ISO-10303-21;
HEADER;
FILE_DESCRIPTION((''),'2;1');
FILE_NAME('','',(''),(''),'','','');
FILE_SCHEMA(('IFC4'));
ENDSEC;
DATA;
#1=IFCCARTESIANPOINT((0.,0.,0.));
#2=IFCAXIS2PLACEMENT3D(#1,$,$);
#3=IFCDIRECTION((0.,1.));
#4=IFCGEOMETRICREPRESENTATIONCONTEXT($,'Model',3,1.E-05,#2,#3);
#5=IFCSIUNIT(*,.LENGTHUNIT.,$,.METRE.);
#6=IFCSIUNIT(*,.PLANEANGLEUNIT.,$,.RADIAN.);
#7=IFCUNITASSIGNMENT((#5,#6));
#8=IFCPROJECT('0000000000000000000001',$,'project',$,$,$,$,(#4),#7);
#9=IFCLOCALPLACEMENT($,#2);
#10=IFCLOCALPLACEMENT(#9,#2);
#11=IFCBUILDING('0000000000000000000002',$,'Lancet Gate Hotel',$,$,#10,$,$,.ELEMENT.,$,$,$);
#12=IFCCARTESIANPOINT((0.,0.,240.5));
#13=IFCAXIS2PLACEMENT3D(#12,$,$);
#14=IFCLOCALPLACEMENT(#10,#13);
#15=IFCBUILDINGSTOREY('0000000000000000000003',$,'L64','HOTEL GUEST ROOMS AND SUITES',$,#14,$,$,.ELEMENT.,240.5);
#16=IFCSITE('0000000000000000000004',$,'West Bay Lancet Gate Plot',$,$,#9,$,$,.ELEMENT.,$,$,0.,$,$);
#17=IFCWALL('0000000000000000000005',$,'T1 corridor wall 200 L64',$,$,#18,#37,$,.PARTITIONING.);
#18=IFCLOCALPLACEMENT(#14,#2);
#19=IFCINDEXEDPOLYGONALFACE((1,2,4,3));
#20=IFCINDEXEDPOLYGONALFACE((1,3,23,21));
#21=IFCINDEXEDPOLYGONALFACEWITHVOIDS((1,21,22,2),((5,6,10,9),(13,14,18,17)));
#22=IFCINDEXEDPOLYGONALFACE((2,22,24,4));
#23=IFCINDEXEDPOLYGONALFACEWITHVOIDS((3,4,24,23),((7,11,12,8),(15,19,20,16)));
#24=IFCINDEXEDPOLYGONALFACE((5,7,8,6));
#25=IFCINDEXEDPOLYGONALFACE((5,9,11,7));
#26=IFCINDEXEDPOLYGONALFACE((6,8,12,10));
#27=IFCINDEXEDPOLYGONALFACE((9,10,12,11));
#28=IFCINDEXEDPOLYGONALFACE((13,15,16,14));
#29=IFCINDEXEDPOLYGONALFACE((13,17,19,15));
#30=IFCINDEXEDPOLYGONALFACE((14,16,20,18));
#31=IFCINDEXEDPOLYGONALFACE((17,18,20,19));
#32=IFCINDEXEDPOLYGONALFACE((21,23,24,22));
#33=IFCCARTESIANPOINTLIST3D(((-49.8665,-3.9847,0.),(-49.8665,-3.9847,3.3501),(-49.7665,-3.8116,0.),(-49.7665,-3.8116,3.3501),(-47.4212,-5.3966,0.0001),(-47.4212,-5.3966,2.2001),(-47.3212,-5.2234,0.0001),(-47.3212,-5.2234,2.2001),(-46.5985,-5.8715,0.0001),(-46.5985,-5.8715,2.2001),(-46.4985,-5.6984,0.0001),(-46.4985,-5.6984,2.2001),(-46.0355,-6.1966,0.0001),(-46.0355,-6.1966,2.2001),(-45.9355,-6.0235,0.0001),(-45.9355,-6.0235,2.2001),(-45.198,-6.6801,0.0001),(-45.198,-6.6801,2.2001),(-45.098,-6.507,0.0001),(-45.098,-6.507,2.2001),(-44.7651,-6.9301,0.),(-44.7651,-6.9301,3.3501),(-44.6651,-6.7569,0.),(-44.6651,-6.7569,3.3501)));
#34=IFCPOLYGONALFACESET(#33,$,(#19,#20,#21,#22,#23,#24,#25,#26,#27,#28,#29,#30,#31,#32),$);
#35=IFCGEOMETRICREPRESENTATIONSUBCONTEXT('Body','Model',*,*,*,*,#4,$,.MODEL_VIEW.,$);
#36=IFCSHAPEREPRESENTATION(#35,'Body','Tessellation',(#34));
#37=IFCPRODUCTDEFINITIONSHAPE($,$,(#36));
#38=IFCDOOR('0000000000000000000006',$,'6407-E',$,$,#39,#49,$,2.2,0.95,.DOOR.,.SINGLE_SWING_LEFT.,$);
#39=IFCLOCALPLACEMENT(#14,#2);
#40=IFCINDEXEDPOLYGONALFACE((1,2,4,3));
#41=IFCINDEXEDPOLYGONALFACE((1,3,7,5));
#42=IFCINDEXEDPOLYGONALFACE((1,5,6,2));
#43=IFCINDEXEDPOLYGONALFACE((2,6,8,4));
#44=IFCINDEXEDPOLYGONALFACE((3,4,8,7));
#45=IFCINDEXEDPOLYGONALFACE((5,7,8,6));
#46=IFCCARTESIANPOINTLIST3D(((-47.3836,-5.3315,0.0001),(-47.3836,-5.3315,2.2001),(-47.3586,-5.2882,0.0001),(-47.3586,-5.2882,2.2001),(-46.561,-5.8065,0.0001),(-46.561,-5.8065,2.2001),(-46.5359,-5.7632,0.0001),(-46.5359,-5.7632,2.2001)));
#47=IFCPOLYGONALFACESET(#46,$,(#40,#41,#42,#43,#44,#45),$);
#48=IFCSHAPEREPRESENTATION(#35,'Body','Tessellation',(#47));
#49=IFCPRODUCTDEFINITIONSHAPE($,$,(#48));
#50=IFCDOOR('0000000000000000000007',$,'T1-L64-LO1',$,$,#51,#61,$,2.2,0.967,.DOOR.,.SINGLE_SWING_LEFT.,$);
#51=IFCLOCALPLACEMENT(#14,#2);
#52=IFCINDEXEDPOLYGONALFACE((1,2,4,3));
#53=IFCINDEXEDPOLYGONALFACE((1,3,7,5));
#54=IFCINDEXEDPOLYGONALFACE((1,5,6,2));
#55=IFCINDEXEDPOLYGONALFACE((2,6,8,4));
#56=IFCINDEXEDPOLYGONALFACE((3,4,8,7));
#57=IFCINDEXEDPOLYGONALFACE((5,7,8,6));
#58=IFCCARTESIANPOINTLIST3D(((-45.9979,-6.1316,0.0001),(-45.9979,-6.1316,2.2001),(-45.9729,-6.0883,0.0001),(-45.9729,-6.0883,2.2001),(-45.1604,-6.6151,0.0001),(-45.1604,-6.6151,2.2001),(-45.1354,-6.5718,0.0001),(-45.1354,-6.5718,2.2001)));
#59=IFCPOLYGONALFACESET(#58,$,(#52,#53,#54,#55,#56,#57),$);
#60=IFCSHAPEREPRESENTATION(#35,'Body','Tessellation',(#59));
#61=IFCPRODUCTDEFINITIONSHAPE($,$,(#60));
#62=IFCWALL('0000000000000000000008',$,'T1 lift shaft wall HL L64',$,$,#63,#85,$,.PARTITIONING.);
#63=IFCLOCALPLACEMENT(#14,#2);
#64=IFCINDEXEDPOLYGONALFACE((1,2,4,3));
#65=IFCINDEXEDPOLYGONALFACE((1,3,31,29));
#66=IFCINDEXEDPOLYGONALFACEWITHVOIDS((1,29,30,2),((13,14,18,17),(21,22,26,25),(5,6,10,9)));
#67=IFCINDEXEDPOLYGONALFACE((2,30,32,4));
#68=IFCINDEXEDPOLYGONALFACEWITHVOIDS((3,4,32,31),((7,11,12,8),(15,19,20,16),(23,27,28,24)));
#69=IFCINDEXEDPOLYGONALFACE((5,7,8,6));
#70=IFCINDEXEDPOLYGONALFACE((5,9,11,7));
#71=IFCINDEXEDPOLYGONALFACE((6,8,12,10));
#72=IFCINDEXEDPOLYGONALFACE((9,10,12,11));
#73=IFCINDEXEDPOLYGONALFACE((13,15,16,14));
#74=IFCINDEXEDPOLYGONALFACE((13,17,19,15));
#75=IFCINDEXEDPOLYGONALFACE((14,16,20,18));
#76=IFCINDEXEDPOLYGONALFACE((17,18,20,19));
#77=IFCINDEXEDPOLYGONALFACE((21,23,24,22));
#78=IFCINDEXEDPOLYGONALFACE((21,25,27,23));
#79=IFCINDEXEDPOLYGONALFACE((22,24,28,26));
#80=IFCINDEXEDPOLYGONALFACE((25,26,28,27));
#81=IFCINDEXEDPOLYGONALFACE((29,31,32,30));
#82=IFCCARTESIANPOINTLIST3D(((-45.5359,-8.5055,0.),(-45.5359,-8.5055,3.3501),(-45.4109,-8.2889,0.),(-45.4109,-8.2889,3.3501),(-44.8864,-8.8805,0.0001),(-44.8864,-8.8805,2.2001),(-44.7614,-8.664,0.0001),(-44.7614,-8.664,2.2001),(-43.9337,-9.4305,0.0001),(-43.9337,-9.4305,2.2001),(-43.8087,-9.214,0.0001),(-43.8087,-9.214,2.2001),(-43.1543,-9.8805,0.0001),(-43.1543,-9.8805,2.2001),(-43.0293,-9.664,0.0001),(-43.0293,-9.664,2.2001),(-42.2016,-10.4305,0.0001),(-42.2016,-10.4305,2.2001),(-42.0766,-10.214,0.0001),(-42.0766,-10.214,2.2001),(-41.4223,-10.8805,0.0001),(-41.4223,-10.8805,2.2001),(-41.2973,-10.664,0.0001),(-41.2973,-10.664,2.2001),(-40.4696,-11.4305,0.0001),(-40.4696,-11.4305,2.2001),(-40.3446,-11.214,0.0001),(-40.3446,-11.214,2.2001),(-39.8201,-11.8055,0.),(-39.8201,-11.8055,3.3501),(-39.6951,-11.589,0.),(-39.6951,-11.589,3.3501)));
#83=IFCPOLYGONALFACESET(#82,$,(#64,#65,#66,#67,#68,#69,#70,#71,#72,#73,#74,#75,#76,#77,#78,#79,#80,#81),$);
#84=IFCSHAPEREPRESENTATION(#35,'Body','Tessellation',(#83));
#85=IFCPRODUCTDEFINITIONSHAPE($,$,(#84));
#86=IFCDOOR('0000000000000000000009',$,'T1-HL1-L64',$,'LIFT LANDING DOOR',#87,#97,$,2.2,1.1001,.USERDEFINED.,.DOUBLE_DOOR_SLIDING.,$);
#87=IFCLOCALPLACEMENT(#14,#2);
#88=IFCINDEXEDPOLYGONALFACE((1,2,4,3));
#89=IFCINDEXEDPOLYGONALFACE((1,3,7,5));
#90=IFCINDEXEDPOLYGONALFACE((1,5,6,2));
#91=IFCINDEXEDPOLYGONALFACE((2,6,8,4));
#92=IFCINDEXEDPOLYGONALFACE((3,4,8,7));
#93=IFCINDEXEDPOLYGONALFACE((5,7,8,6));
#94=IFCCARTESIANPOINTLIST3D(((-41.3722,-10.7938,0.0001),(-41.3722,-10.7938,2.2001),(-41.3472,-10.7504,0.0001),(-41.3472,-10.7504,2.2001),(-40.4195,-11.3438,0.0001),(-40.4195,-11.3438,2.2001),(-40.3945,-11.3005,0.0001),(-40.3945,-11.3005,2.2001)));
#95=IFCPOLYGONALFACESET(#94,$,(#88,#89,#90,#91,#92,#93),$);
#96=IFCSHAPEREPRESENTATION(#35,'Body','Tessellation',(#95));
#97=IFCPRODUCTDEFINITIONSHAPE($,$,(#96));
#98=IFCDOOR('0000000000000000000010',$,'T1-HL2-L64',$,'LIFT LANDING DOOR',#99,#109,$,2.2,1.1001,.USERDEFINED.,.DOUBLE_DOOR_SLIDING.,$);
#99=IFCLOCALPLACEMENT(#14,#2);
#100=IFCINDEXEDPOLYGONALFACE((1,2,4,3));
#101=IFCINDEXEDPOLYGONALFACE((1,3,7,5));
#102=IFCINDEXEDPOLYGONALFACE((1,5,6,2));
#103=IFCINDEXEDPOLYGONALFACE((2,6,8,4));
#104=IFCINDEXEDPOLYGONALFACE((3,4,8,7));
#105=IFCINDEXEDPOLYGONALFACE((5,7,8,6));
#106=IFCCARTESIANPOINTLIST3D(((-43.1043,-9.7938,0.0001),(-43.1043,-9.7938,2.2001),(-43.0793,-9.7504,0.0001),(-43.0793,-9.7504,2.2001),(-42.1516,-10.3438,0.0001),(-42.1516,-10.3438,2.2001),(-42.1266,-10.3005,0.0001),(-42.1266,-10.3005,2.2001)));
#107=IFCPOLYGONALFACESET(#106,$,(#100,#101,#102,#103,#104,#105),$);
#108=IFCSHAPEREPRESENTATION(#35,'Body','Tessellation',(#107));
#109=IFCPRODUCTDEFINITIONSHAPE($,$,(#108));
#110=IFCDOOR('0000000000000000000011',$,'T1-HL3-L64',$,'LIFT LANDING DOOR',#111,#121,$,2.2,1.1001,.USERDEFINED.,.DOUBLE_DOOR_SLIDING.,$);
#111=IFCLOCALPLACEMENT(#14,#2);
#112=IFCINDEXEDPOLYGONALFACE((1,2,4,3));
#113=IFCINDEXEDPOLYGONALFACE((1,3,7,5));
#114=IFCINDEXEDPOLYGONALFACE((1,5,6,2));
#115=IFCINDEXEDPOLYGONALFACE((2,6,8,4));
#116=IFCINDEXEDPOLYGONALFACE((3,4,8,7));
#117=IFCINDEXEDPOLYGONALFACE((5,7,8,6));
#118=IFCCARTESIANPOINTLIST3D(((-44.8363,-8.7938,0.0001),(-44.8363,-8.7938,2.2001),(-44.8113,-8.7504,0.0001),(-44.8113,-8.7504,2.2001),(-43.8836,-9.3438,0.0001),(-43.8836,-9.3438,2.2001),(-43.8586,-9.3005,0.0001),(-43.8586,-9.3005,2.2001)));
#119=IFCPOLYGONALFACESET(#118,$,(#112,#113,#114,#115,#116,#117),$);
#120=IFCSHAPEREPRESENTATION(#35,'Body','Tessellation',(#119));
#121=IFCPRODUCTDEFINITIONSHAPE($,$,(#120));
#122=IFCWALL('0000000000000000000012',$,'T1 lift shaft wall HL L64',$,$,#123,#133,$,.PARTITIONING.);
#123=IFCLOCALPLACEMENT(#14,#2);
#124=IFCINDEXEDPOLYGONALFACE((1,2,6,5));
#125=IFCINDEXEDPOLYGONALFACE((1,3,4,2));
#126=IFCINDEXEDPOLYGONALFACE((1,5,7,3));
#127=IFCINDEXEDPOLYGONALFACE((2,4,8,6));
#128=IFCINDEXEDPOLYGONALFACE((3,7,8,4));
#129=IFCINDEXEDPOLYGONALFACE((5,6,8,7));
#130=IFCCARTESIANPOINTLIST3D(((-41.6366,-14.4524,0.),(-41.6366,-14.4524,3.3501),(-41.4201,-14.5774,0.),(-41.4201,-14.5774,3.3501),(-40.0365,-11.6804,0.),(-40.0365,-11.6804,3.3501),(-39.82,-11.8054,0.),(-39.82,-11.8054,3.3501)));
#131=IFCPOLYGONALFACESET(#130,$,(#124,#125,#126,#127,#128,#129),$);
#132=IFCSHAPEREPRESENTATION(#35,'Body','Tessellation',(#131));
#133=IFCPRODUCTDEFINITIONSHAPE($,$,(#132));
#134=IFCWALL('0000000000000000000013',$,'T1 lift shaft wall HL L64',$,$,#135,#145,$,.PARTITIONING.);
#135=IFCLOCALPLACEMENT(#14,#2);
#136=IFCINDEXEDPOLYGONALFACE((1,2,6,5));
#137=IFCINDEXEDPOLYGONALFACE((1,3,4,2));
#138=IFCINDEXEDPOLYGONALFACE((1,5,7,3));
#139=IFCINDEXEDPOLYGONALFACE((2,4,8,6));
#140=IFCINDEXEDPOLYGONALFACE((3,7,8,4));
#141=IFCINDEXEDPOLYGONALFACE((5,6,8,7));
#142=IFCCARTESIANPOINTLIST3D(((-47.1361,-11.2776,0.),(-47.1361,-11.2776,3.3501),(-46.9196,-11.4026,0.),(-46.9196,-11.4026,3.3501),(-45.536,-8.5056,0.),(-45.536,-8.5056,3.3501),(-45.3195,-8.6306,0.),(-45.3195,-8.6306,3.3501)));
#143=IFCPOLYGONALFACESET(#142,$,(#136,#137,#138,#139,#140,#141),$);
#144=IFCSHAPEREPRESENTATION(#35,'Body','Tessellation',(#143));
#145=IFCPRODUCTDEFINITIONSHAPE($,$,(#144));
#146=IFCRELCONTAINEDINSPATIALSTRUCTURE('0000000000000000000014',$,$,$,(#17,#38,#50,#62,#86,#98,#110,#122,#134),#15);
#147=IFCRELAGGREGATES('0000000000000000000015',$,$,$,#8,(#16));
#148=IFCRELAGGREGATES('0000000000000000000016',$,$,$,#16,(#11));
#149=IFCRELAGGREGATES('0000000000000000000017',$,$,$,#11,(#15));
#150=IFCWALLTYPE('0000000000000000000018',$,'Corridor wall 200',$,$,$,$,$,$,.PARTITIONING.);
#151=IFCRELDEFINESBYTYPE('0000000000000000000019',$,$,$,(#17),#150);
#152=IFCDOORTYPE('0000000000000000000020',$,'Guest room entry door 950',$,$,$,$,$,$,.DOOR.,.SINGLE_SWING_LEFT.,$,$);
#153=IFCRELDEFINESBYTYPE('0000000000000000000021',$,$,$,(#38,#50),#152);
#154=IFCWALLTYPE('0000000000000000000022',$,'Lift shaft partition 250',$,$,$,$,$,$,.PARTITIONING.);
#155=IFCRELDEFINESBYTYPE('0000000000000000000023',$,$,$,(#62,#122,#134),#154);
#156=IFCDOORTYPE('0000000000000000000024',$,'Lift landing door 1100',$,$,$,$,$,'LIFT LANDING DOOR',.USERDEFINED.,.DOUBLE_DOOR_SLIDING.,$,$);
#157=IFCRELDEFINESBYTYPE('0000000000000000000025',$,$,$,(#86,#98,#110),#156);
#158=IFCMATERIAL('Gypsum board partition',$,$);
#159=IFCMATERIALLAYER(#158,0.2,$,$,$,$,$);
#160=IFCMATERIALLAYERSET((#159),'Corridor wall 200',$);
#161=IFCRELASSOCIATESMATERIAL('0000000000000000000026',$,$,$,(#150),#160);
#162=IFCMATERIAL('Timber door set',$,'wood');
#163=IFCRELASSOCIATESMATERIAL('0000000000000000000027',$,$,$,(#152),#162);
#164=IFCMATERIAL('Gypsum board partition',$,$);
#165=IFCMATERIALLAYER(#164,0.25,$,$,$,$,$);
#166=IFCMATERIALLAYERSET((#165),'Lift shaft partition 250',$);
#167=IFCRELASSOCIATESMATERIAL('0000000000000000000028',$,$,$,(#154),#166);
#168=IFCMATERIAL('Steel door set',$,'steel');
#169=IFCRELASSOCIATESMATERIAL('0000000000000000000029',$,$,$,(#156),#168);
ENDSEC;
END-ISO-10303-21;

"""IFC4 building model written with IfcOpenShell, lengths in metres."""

from ifc_helpers import new_model, si_unit, direction, frame, frame_2d, origin, place, context, subcontext, project, spatial, rectangle, extrude, material, layer, layer_set, type_object, element, fill, save


model = new_model("IFC4")

# Units and contexts
model_context = context("Model", 3, precision=1e-05, world=origin(), true_north=direction((0.0, 1.0)))
body_context = subcontext(model_context, "Body", "Model", "MODEL_VIEW")
ifc_project = project(units=[si_unit("LENGTHUNIT", "METRE"), si_unit("PLANEANGLEUNIT", "RADIAN")], contexts=[model_context])

# Site, building, storey
site_placement = place(None, origin())
site = spatial("IfcSite", under=ifc_project, at=site_placement, Name="West Bay Lancet Gate Plot", CompositionType="ELEMENT", RefElevation=0.0)
building_placement = place(site_placement, origin())
building = spatial("IfcBuilding", under=site, at=building_placement, Name="Lancet Gate Hotel", CompositionType="ELEMENT")
storey_placement = place(building_placement, frame((0.0, 0.0, 240.5)))
storey = spatial("IfcBuildingStorey", under=building, at=storey_placement, Name="L64", Description="HOTEL GUEST ROOMS AND SUITES", CompositionType="ELEMENT", Elevation=240.5)

# Walls, openings, doors
ifc_material_1 = material(Name="Gypsum board partition")
ifc_layer_1 = layer(ifc_material_1, 0.2)
ifc_layer_set_1 = layer_set([ifc_layer_1], Name="Corridor wall 200")
wall_type_1 = type_object("IfcWallType", Name="Corridor wall 200", PredefinedType="PARTITIONING", material=ifc_layer_set_1)
wall_1_placement = place(storey_placement, frame((-44.7151, -6.8435, 0.0), z_axis=(0.0, 0.0, 1.0), x_axis=(-0.866021, 0.500008, 0.0)))
wall_1 = element("IfcWall", 1, at=wall_1_placement, inside=storey, type_object=wall_type_1, Name="T1 corridor wall 200 L64", PredefinedType="PARTITIONING", context=body_context, shape_type="SweptSolid", body=[
    extrude(rectangle(XDim=5.8906, YDim=0.2, at=frame_2d((2.9453, 0.0))), origin(), (0.0, 0.0, 1.0), 3.3501),
])
opening_1_placement = place(wall_1_placement, frame((2.1169, 0.0, 0.0)))
opening_1 = element("IfcOpeningElement", 2, at=opening_1_placement, cuts=wall_1, PredefinedType="OPENING", context=body_context, shape_type="SweptSolid", body=[
    extrude(rectangle(XDim=0.95, YDim=2.2, at=frame_2d((0.4751, 1.1001))), frame((0.0, 0.1099, 0.0), z_axis=(0.0, -1.0, 0.0), x_axis=(1.0, 0.0, 0.0)), (0.0, 0.0, 1.0), 0.22),
])
opening_2_placement = place(wall_1_placement, frame((0.5, 0.0, 0.0)))
opening_2 = element("IfcOpeningElement", 3, at=opening_2_placement, cuts=wall_1, PredefinedType="OPENING", context=body_context, shape_type="SweptSolid", body=[
    extrude(rectangle(XDim=0.967, YDim=2.2, at=frame_2d((0.4834, 1.1001))), frame((0.0, 0.1099, 0.0), z_axis=(0.0, -1.0, 0.0), x_axis=(1.0, 0.0, 0.0)), (0.0, 0.0, 1.0), 0.22),
])
ifc_material_2 = material(Name="Timber door set", Category="wood")
door_type_1 = type_object("IfcDoorType", Name="Guest room entry door 950", OperationType="SINGLE_SWING_LEFT", PredefinedType="DOOR", material=ifc_material_2)
door_1_placement = place(opening_1_placement, origin())
door_1 = element("IfcDoor", 4, at=door_1_placement, inside=storey, type_object=door_type_1, Name="6407-E", OperationType="SINGLE_SWING_LEFT", OverallHeight=2.2, OverallWidth=0.95, PredefinedType="DOOR", context=body_context, shape_type="SweptSolid", body=[
    extrude(rectangle(XDim=0.95, YDim=2.2, at=frame_2d((0.4751, 1.1001))), frame((0.0, 0.0249, 0.0), z_axis=(0.0, -1.0, 0.0), x_axis=(1.0, 0.0, 0.0)), (0.0, 0.0, 1.0), 0.05),
])
fill(opening_1, door_1)
door_2_placement = place(opening_2_placement, origin())
door_2 = element("IfcDoor", 5, at=door_2_placement, inside=storey, type_object=door_type_1, Name="T1-L64-LO1", OperationType="SINGLE_SWING_LEFT", OverallHeight=2.2, OverallWidth=0.967, PredefinedType="DOOR", context=body_context, shape_type="SweptSolid", body=[
    extrude(rectangle(XDim=0.967, YDim=2.2, at=frame_2d((0.4834, 1.1001))), frame((0.0, 0.0249, 0.0), z_axis=(0.0, -1.0, 0.0), x_axis=(1.0, 0.0, 0.0)), (0.0, 0.0, 1.0), 0.05),
])
fill(opening_2, door_2)
ifc_material_3 = material(Name="Gypsum board partition")
ifc_layer_2 = layer(ifc_material_3, 0.25)
ifc_layer_set_2 = layer_set([ifc_layer_2], Name="Lift shaft partition 250")
wall_type_2 = type_object("IfcWallType", Name="Lift shaft partition 250", PredefinedType="PARTITIONING", material=ifc_layer_set_2)
wall_2_placement = place(storey_placement, frame((-39.7576, -11.6973, 0.0), z_axis=(0.0, 0.0, 1.0), x_axis=(-0.866024, 0.500002, 0.0)))
wall_2 = element("IfcWall", 6, at=wall_2_placement, inside=storey, type_object=wall_type_2, Name="T1 lift shaft wall HL L64", PredefinedType="PARTITIONING", context=body_context, shape_type="SweptSolid", body=[
    extrude(rectangle(XDim=6.6001, YDim=0.25, at=frame_2d((3.3, 0.0))), origin(), (0.0, 0.0, 1.0), 3.3501),
])
opening_3_placement = place(wall_2_placement, frame((0.75, 0.0, 0.0)))
opening_3 = element("IfcOpeningElement", 7, at=opening_3_placement, cuts=wall_2, PredefinedType="OPENING", context=body_context, shape_type="SweptSolid", body=[
    extrude(rectangle(XDim=1.1001, YDim=2.2, at=frame_2d((0.55, 1.1001))), frame((0.0, 0.135, 0.0), z_axis=(0.0, -1.0, 0.0), x_axis=(1.0, 0.0, 0.0)), (0.0, 0.0, 1.0), 0.27),
])
opening_4_placement = place(wall_2_placement, frame((2.75, 0.0, 0.0)))
opening_4 = element("IfcOpeningElement", 8, at=opening_4_placement, cuts=wall_2, PredefinedType="OPENING", context=body_context, shape_type="SweptSolid", body=[
    extrude(rectangle(XDim=1.1001, YDim=2.2, at=frame_2d((0.55, 1.1001))), frame((0.0, 0.135, 0.0), z_axis=(0.0, -1.0, 0.0), x_axis=(1.0, 0.0, 0.0)), (0.0, 0.0, 1.0), 0.27),
])
opening_5_placement = place(wall_2_placement, frame((4.75, 0.0, 0.0)))
opening_5 = element("IfcOpeningElement", 9, at=opening_5_placement, cuts=wall_2, PredefinedType="OPENING", context=body_context, shape_type="SweptSolid", body=[
    extrude(rectangle(XDim=1.1001, YDim=2.2, at=frame_2d((0.55, 1.1001))), frame((0.0, 0.135, 0.0), z_axis=(0.0, -1.0, 0.0), x_axis=(1.0, 0.0, 0.0)), (0.0, 0.0, 1.0), 0.27),
])
ifc_material_4 = material(Name="Steel door set", Category="steel")
door_type_2 = type_object("IfcDoorType", Name="Lift landing door 1100", ElementType="LIFT LANDING DOOR", OperationType="DOUBLE_DOOR_SLIDING", PredefinedType="USERDEFINED", material=ifc_material_4)
door_3_placement = place(opening_3_placement, origin())
door_3 = element("IfcDoor", 10, at=door_3_placement, inside=storey, type_object=door_type_2, Name="T1-HL1-L64", ObjectType="LIFT LANDING DOOR", OperationType="DOUBLE_DOOR_SLIDING", OverallHeight=2.2, OverallWidth=1.1001, PredefinedType="USERDEFINED", context=body_context, shape_type="SweptSolid", body=[
    extrude(rectangle(XDim=1.1001, YDim=2.2, at=frame_2d((0.55, 1.1001))), frame((0.0, 0.0249, 0.0), z_axis=(0.0, -1.0, 0.0), x_axis=(1.0, 0.0, 0.0)), (0.0, 0.0, 1.0), 0.05),
])
fill(opening_3, door_3)
door_4_placement = place(opening_4_placement, origin())
door_4 = element("IfcDoor", 11, at=door_4_placement, inside=storey, type_object=door_type_2, Name="T1-HL2-L64", ObjectType="LIFT LANDING DOOR", OperationType="DOUBLE_DOOR_SLIDING", OverallHeight=2.2, OverallWidth=1.1001, PredefinedType="USERDEFINED", context=body_context, shape_type="SweptSolid", body=[
    extrude(rectangle(XDim=1.1001, YDim=2.2, at=frame_2d((0.55, 1.1001))), frame((0.0, 0.0249, 0.0), z_axis=(0.0, -1.0, 0.0), x_axis=(1.0, 0.0, 0.0)), (0.0, 0.0, 1.0), 0.05),
])
fill(opening_4, door_4)
door_5_placement = place(opening_5_placement, origin())
door_5 = element("IfcDoor", 12, at=door_5_placement, inside=storey, type_object=door_type_2, Name="T1-HL3-L64", ObjectType="LIFT LANDING DOOR", OperationType="DOUBLE_DOOR_SLIDING", OverallHeight=2.2, OverallWidth=1.1001, PredefinedType="USERDEFINED", context=body_context, shape_type="SweptSolid", body=[
    extrude(rectangle(XDim=1.1001, YDim=2.2, at=frame_2d((0.55, 1.1001))), frame((0.0, 0.0249, 0.0), z_axis=(0.0, -1.0, 0.0), x_axis=(1.0, 0.0, 0.0)), (0.0, 0.0, 1.0), 0.05),
])
fill(opening_5, door_5)

# Walls
for number, where, z_axis, x_axis, name in (
    (13, (-39.9282, -11.7429, 0.0), (0.0, 0.0, 1.0), (-0.499929, -0.866066, 0.0), "T1 lift shaft wall HL L64"),
    (14, (-45.4277, -8.5681, 0.0), (0.0, 0.0, 1.0), (-0.499929, -0.866066, 0.0), "T1 lift shaft wall HL L64"),
):
    element("IfcWall", number, at=place(storey_placement, frame(where, z_axis=z_axis, x_axis=x_axis)), inside=storey, type_object=wall_type_2, Name=name, PredefinedType="PARTITIONING", context=body_context, shape_type="SweptSolid", body=[
        extrude(rectangle(XDim=3.2007, YDim=0.25, at=frame_2d((1.6003, 0.0))), origin(), (0.0, 0.0, 1.0), 3.3501),
    ])

save(model, "model.ifc")
